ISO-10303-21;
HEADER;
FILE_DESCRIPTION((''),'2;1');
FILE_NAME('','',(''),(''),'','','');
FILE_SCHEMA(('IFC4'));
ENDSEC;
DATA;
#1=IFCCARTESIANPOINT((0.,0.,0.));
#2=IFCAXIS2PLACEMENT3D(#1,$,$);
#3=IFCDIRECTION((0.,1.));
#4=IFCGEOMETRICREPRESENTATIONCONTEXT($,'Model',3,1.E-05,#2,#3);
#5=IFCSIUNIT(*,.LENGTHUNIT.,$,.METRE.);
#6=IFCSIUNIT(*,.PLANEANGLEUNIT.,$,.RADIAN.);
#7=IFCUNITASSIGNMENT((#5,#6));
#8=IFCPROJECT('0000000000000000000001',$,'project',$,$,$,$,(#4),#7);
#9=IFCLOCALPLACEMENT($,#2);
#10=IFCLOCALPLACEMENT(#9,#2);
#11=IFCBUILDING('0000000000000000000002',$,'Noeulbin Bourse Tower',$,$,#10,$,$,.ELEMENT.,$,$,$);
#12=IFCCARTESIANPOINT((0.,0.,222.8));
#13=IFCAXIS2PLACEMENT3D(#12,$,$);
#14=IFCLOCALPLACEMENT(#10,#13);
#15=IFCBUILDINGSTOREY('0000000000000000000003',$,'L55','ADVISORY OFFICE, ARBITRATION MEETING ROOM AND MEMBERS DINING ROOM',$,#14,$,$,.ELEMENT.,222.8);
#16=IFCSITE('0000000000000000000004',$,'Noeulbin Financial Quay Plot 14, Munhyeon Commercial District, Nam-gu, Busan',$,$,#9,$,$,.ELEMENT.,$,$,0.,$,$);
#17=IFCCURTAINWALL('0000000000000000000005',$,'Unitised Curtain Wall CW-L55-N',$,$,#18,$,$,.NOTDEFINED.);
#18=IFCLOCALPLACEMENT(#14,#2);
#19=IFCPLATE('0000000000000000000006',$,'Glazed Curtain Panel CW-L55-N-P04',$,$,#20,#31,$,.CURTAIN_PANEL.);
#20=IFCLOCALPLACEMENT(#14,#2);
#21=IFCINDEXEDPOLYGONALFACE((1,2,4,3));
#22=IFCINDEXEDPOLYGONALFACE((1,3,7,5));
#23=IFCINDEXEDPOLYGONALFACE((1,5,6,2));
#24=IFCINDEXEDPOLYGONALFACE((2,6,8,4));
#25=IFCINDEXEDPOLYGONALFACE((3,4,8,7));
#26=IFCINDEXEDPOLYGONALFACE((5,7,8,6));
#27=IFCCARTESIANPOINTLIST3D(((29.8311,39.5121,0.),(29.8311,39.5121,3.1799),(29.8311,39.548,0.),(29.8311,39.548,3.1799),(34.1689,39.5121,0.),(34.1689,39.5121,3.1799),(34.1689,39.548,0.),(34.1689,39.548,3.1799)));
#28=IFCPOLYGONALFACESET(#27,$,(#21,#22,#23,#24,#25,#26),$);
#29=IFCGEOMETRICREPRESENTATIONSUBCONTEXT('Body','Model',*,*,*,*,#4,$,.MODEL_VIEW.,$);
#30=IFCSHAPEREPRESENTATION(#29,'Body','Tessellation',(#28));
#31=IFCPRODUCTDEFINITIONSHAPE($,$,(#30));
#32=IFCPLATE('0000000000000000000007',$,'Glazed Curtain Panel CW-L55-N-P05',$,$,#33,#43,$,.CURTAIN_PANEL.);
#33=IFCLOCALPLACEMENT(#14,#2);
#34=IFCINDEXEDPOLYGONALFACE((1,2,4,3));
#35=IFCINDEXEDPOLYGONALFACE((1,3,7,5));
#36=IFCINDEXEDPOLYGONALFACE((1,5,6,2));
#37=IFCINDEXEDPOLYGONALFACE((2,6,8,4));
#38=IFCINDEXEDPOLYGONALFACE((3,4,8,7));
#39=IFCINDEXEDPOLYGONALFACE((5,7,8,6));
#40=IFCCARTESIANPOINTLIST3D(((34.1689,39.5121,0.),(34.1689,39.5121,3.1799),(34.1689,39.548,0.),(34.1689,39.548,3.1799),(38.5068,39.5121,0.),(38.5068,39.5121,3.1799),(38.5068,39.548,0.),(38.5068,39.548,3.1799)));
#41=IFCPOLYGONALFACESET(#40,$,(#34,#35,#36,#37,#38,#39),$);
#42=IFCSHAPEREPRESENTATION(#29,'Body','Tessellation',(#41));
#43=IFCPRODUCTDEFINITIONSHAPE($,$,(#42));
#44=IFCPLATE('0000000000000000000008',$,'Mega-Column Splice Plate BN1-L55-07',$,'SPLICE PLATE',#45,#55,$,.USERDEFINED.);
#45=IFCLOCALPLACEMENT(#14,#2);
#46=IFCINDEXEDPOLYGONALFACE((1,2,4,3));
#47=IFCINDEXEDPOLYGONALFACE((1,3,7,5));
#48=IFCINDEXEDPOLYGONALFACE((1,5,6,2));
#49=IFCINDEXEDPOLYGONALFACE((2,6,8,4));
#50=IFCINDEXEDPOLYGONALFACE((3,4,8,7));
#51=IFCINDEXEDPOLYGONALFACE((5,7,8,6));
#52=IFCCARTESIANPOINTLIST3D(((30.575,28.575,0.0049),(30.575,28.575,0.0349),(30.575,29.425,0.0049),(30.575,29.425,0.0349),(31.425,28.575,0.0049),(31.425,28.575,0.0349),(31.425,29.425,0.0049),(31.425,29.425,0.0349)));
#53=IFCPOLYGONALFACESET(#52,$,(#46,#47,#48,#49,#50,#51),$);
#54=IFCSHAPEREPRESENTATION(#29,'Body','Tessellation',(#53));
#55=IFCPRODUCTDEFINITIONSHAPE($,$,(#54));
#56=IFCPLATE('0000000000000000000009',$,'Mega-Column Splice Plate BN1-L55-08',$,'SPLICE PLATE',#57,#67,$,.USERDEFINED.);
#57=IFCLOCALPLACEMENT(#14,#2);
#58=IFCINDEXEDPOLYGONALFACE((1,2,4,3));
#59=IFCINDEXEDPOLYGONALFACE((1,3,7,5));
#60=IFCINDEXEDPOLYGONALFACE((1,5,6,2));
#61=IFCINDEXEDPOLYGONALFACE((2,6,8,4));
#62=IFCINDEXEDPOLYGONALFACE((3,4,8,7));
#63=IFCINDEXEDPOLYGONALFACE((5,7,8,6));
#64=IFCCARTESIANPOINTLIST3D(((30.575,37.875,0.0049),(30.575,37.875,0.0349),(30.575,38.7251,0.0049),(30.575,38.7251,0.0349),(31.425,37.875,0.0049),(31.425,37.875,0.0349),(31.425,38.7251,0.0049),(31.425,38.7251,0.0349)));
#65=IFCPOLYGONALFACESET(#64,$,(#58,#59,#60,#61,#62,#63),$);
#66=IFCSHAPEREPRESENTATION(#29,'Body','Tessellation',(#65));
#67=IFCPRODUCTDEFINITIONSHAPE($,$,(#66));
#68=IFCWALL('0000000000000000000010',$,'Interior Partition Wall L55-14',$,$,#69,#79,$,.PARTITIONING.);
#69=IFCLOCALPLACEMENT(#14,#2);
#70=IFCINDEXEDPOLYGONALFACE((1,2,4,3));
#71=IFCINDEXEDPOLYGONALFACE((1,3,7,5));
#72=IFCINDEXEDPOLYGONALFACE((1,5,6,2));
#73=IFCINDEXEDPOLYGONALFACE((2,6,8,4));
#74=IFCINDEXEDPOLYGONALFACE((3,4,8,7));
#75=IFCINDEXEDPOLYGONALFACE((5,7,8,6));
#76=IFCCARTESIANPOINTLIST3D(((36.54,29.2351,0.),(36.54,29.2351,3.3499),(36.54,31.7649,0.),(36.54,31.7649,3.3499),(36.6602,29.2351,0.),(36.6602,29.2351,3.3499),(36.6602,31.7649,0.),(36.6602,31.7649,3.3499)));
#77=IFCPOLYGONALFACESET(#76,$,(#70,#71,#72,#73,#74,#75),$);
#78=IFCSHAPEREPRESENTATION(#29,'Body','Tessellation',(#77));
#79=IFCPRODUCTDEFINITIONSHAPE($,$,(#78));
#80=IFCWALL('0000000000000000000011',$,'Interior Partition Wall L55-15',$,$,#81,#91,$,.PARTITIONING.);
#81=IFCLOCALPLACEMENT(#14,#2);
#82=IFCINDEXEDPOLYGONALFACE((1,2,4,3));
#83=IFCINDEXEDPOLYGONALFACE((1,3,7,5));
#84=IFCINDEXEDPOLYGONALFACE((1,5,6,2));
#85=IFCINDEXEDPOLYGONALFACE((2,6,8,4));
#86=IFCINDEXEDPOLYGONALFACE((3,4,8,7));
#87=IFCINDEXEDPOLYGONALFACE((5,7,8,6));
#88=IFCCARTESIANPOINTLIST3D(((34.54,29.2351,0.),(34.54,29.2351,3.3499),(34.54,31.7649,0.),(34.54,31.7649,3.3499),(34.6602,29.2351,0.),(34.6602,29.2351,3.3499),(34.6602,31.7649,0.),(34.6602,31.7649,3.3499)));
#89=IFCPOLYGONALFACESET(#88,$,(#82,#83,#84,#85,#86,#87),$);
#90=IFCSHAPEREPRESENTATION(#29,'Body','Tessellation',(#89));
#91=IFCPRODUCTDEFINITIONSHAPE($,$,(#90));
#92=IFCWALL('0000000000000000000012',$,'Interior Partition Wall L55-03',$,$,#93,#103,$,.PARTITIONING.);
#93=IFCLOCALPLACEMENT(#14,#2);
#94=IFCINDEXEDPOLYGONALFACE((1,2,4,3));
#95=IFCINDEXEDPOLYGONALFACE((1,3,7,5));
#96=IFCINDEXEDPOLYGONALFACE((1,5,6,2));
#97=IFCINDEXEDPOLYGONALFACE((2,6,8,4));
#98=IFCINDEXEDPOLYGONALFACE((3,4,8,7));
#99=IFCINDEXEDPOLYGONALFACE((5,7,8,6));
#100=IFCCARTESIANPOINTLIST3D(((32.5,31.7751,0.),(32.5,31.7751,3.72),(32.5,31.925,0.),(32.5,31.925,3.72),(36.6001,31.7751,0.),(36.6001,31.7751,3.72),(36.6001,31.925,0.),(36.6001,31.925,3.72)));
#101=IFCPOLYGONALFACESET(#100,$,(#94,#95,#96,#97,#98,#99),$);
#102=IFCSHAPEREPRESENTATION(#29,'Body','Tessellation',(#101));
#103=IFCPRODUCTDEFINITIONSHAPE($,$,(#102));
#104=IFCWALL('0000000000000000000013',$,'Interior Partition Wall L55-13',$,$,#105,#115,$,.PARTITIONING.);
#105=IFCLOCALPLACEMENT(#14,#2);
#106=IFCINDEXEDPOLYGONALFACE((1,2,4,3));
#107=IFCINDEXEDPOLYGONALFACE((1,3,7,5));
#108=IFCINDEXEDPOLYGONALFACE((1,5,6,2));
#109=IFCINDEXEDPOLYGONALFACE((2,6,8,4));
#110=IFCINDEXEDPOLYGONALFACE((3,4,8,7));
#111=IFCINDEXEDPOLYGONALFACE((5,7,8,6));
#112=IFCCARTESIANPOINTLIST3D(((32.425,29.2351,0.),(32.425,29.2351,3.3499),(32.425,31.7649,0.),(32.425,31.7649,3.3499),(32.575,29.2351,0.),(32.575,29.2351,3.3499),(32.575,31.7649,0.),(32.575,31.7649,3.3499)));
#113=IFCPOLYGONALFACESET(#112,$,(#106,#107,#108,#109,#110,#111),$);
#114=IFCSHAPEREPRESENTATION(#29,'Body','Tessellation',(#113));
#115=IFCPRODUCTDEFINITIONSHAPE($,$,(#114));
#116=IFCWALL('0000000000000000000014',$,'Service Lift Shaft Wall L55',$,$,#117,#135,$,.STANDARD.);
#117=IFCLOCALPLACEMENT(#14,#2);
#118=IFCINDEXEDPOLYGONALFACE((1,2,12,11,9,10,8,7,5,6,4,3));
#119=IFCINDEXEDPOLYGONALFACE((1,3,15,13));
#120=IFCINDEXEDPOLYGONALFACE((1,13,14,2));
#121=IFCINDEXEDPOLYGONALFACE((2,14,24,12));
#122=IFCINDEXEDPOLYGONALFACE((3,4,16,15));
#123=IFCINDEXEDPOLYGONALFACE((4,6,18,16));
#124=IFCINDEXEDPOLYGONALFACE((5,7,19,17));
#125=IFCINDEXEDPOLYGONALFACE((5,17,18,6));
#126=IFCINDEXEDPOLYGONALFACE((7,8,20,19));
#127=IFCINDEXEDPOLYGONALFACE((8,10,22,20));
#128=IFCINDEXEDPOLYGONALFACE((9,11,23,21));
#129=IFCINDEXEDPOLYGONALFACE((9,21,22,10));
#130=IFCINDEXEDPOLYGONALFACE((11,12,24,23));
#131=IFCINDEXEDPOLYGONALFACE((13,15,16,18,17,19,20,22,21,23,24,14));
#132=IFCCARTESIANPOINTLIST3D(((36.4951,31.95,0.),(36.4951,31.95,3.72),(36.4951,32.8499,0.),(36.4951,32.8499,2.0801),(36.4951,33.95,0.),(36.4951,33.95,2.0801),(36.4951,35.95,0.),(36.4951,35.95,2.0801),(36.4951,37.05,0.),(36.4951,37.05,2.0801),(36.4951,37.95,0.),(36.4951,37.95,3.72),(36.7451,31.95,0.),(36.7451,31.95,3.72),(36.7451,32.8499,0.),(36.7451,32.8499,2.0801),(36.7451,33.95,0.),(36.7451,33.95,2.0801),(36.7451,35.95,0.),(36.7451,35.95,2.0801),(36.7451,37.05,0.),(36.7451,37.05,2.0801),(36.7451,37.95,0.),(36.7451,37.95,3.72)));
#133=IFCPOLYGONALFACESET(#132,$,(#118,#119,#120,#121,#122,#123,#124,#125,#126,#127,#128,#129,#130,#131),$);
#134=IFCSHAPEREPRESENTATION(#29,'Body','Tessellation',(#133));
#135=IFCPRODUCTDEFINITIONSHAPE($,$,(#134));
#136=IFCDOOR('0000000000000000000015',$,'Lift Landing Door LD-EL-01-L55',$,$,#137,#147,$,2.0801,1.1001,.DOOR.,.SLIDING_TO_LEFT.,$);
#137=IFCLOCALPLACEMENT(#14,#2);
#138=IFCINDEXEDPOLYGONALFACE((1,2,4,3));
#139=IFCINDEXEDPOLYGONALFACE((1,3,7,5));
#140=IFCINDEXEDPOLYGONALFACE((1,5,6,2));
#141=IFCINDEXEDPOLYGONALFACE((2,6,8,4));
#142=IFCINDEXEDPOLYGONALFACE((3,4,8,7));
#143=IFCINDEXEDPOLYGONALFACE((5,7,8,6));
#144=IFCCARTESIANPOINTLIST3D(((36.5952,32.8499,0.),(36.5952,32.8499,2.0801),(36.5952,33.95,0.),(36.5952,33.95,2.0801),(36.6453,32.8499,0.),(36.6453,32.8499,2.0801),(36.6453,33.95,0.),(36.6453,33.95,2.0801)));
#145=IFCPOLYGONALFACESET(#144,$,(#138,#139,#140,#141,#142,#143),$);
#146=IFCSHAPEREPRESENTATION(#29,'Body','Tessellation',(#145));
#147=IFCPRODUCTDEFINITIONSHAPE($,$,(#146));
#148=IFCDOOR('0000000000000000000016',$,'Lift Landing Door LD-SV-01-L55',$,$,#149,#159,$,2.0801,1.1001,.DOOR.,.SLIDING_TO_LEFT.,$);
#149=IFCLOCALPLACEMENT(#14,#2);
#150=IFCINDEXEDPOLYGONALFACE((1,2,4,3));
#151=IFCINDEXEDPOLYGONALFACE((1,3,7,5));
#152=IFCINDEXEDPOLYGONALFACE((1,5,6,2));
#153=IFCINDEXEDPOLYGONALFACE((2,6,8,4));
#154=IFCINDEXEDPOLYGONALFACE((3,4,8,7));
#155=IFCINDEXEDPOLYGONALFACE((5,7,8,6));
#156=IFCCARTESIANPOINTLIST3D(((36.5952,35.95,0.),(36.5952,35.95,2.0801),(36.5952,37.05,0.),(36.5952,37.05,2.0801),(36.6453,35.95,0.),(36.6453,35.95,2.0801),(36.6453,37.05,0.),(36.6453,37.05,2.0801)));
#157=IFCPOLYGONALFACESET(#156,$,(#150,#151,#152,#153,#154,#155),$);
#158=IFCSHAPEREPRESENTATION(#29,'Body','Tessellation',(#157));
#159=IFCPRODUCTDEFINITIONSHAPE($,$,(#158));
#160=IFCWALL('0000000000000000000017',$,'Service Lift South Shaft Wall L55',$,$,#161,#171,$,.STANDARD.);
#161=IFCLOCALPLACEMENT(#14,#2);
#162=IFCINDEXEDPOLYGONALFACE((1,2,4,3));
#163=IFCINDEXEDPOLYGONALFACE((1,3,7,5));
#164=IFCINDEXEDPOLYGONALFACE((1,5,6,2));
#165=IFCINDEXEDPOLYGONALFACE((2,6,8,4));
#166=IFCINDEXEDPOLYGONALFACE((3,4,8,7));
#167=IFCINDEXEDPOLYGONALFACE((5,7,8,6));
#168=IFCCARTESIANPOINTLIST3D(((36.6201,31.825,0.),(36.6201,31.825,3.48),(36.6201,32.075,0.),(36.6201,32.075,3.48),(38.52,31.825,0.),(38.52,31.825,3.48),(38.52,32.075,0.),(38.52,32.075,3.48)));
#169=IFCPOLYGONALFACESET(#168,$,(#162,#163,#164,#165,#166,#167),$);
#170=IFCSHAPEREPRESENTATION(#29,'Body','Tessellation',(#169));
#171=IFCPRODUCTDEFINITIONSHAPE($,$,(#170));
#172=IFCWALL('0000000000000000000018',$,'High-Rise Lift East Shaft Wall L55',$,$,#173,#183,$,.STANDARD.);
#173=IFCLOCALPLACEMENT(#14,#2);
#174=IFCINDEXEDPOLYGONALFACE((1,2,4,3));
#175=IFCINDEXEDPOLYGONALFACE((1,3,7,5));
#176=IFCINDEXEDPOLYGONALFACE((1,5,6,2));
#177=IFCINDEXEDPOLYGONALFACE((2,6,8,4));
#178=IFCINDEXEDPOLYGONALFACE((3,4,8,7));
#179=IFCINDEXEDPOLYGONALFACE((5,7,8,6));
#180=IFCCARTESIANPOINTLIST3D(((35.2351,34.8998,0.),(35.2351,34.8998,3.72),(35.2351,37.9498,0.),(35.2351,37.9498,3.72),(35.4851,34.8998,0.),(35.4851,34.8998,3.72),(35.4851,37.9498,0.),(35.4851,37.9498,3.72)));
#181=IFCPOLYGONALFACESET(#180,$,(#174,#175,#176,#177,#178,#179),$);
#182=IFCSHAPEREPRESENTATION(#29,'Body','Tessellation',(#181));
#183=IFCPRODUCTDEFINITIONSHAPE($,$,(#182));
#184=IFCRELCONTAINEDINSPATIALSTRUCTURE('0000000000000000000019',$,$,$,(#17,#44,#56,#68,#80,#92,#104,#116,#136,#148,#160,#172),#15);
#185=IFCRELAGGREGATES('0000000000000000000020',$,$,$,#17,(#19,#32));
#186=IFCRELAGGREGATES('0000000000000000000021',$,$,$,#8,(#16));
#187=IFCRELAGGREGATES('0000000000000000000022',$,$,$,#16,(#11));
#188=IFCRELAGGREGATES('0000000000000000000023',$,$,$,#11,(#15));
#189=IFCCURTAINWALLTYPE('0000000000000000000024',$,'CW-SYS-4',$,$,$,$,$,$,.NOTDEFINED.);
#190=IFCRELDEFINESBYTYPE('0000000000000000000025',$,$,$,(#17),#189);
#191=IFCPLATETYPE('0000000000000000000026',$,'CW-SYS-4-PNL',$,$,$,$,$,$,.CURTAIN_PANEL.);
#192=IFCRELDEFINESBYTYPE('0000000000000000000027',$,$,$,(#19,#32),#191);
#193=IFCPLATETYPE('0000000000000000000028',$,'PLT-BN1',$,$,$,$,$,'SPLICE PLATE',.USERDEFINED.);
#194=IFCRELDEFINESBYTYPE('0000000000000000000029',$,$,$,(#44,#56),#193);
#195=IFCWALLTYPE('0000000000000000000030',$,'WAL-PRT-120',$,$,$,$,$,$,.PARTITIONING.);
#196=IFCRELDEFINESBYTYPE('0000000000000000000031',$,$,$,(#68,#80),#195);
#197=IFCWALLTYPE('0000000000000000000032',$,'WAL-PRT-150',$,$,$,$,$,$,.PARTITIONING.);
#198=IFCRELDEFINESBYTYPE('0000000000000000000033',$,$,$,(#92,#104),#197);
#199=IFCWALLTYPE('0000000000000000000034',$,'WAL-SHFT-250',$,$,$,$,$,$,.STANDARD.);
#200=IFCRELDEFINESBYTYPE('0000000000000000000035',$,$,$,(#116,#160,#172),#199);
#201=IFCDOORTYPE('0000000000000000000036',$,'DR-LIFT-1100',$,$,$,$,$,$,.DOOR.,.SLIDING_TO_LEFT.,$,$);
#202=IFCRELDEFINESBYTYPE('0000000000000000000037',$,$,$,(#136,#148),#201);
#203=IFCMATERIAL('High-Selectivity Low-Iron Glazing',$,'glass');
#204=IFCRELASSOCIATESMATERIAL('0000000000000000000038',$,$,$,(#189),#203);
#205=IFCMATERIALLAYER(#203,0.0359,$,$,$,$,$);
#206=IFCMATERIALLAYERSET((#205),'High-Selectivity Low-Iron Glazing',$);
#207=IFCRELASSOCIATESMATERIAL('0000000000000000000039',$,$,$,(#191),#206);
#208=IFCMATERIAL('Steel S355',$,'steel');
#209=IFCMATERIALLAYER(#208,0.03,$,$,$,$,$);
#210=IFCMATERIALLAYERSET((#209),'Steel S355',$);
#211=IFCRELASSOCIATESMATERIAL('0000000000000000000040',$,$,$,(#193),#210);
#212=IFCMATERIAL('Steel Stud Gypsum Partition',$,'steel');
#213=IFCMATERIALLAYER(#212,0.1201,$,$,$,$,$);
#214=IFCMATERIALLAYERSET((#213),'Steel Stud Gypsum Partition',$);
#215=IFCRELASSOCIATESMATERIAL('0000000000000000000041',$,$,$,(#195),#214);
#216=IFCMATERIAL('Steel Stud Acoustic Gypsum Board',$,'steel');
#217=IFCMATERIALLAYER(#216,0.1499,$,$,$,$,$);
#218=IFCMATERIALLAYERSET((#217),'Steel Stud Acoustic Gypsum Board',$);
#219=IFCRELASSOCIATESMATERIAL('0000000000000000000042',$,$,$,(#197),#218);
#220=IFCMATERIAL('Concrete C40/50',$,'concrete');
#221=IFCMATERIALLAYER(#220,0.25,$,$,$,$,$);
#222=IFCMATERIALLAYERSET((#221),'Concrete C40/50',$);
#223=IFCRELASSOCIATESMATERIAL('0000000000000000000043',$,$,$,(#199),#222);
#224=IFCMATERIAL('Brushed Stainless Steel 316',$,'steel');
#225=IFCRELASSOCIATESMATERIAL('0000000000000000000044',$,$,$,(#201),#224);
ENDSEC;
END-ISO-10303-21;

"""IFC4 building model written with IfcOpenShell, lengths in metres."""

from ifc_helpers import new_model, si_unit, direction, frame, frame_2d, origin, origin_2d, place, context, subcontext, project, spatial, rectangle, extrude, material, layer, layer_set, type_object, element, fill, aggregate, save


model = new_model("IFC4")

# Units and contexts
model_context = context("Model", 3, precision=1e-05, world=origin(), true_north=direction((0.0, 1.0)))
body_context = subcontext(model_context, "Body", "Model", "MODEL_VIEW")
ifc_project = project(units=[si_unit("LENGTHUNIT", "METRE"), si_unit("PLANEANGLEUNIT", "RADIAN")], contexts=[model_context])

# Site, building, storey
site_placement = place(None, origin())
site = spatial("IfcSite", under=ifc_project, at=site_placement, Name="Noeulbin Financial Quay Plot 14, Munhyeon Commercial District, Nam-gu, Busan", CompositionType="ELEMENT", RefElevation=0.0)
building_placement = place(site_placement, origin())
building = spatial("IfcBuilding", under=site, at=building_placement, Name="Noeulbin Bourse Tower", CompositionType="ELEMENT")
storey_placement = place(building_placement, frame((0.0, 0.0, 222.8)))
storey = spatial("IfcBuildingStorey", under=building, at=storey_placement, Name="L55", Description="ADVISORY OFFICE, ARBITRATION MEETING ROOM AND MEMBERS DINING ROOM", CompositionType="ELEMENT", Elevation=222.8)

# Shared definitions
ifc_material_1 = material(Name="Steel S355", Category="steel")

# Curtain wall, plates
ifc_material_2 = material(Name="High-Selectivity Low-Iron Glazing", Category="glass")
curtain_wall_type = type_object("IfcCurtainWallType", Name="CW-SYS-4", PredefinedType="NOTDEFINED", material=ifc_material_2)
curtain_wall_placement = place(storey_placement, origin())
curtain_wall = element("IfcCurtainWall", 1, at=curtain_wall_placement, inside=storey, type_object=curtain_wall_type, Name="Unitised Curtain Wall CW-L55-N", PredefinedType="NOTDEFINED")
ifc_layer_1 = layer(ifc_material_2, 0.0359)
ifc_layer_set_1 = layer_set([ifc_layer_1], Name="High-Selectivity Low-Iron Glazing")
plate_type_1 = type_object("IfcPlateType", Name="CW-SYS-4-PNL", PredefinedType="CURTAIN_PANEL", material=ifc_layer_set_1)
plate_1_placement = place(storey_placement, frame((32.0, 39.53, 0.0), z_axis=(0.0, 0.0, 1.0), x_axis=(1.0, 0.0, 0.0)))
plate_1 = element("IfcPlate", 2, at=plate_1_placement, type_object=plate_type_1, Name="Glazed Curtain Panel CW-L55-N-P04", PredefinedType="CURTAIN_PANEL", context=body_context, shape_type="SweptSolid", body=[
    extrude(rectangle(XDim=4.3379, YDim=0.0359, at=origin_2d()), origin(), (0.0, 0.0, 1.0), 3.1799),
])
plate_2_placement = place(storey_placement, frame((36.3379, 39.53, 0.0), z_axis=(0.0, 0.0, 1.0), x_axis=(1.0, 0.0, 0.0)))
plate_2 = element("IfcPlate", 3, at=plate_2_placement, type_object=plate_type_1, Name="Glazed Curtain Panel CW-L55-N-P05", PredefinedType="CURTAIN_PANEL", context=body_context, shape_type="SweptSolid", body=[
    extrude(rectangle(XDim=4.3379, YDim=0.0359, at=origin_2d()), origin(), (0.0, 0.0, 1.0), 3.1799),
])
aggregate(curtain_wall, [plate_1, plate_2])

# Plates
ifc_layer_2 = layer(ifc_material_1, 0.03)
ifc_layer_set_2 = layer_set([ifc_layer_2], Name="Steel S355")
plate_type_2 = type_object("IfcPlateType", Name="PLT-BN1", ElementType="SPLICE PLATE", PredefinedType="USERDEFINED", material=ifc_layer_set_2)
for number, where, z_axis, x_axis, name in (
    (4, (31.0, 29.0, 0.0049), (0.0, 0.0, 1.0), (1.0, 0.0, 0.0), "Mega-Column Splice Plate BN1-L55-07"),
    (5, (31.0, 38.3, 0.0049), (0.0, 0.0, 1.0), (1.0, 0.0, 0.0), "Mega-Column Splice Plate BN1-L55-08"),
):
    element("IfcPlate", number, at=place(storey_placement, frame(where, z_axis=z_axis, x_axis=x_axis)), inside=storey, type_object=plate_type_2, Name=name, ObjectType="SPLICE PLATE", PredefinedType="USERDEFINED", context=body_context, shape_type="SweptSolid", body=[
        extrude(rectangle(XDim=0.8501, YDim=0.8501, at=origin_2d()), origin(), (0.0, 0.0, 1.0), 0.03),
    ])

# Walls
ifc_material_3 = material(Name="Steel Stud Gypsum Partition", Category="steel")
ifc_layer_3 = layer(ifc_material_3, 0.1201)
ifc_layer_set_3 = layer_set([ifc_layer_3], Name="Steel Stud Gypsum Partition")
wall_type_1 = type_object("IfcWallType", Name="WAL-PRT-120", PredefinedType="PARTITIONING", material=ifc_layer_set_3)
for number, where, z_axis, x_axis, name in (
    (6, (36.6001, 29.2351, 0.0), (0.0, 0.0, 1.0), (0.0, 1.0, 0.0), "Interior Partition Wall L55-14"),
    (7, (34.6001, 29.2351, 0.0), (0.0, 0.0, 1.0), (0.0, 1.0, 0.0), "Interior Partition Wall L55-15"),
):
    element("IfcWall", number, at=place(storey_placement, frame(where, z_axis=z_axis, x_axis=x_axis)), inside=storey, type_object=wall_type_1, Name=name, PredefinedType="PARTITIONING", context=body_context, shape_type="SweptSolid", body=[
        extrude(rectangle(XDim=2.5298, YDim=0.1201, at=frame_2d((1.2649, 0.0))), origin(), (0.0, 0.0, 1.0), 3.3499),
    ])
ifc_material_4 = material(Name="Steel Stud Acoustic Gypsum Board", Category="steel")
ifc_layer_4 = layer(ifc_material_4, 0.1499)
ifc_layer_set_4 = layer_set([ifc_layer_4], Name="Steel Stud Acoustic Gypsum Board")
wall_type_2 = type_object("IfcWallType", Name="WAL-PRT-150", PredefinedType="PARTITIONING", material=ifc_layer_set_4)
wall_1_placement = place(storey_placement, frame((32.5, 31.8501, 0.0), z_axis=(0.0, 0.0, 1.0), x_axis=(1.0, 0.0, 0.0)))
element("IfcWall", 8, at=wall_1_placement, inside=storey, type_object=wall_type_2, Name="Interior Partition Wall L55-03", PredefinedType="PARTITIONING", context=body_context, shape_type="SweptSolid", body=[
    extrude(rectangle(XDim=4.1001, YDim=0.1499, at=frame_2d((2.05, 0.0))), origin(), (0.0, 0.0, 1.0), 3.72),
])
wall_2_placement = place(storey_placement, frame((32.5, 29.2351, 0.0), z_axis=(0.0, 0.0, 1.0), x_axis=(0.0, 1.0, 0.0)))
element("IfcWall", 9, at=wall_2_placement, inside=storey, type_object=wall_type_2, Name="Interior Partition Wall L55-13", PredefinedType="PARTITIONING", context=body_context, shape_type="SweptSolid", body=[
    extrude(rectangle(XDim=2.5298, YDim=0.1499, at=frame_2d((1.2649, 0.0))), origin(), (0.0, 0.0, 1.0), 3.3499),
])

# Wall, openings, doors
ifc_material_5 = material(Name="Concrete C40/50", Category="concrete")
ifc_layer_5 = layer(ifc_material_5, 0.25)
ifc_layer_set_5 = layer_set([ifc_layer_5], Name="Concrete C40/50")
wall_type_3 = type_object("IfcWallType", Name="WAL-SHFT-250", PredefinedType="STANDARD", material=ifc_layer_set_5)
wall_3_placement = place(storey_placement, frame((36.6201, 31.95, 0.0), z_axis=(0.0, 0.0, 1.0), x_axis=(0.0, 1.0, 0.0)))
wall_3 = element("IfcWall", 10, at=wall_3_placement, inside=storey, type_object=wall_type_3, Name="Service Lift Shaft Wall L55", PredefinedType="STANDARD", context=body_context, shape_type="SweptSolid", body=[
    extrude(rectangle(XDim=6.0, YDim=0.25, at=frame_2d((3.0, 0.0))), origin(), (0.0, 0.0, 1.0), 3.72),
])
opening_1_placement = place(wall_3_placement, frame((0.8999, 0.0, 0.0)))
opening_1 = element("IfcOpeningElement", 11, at=opening_1_placement, cuts=wall_3, PredefinedType="OPENING", context=body_context, shape_type="SweptSolid", body=[
    extrude(rectangle(XDim=1.1001, YDim=2.0801, at=frame_2d((0.55, 1.04))), frame((0.0, 0.135, 0.0), z_axis=(0.0, -1.0, 0.0), x_axis=(1.0, 0.0, 0.0)), (0.0, 0.0, 1.0), 0.27),
])
opening_2_placement = place(wall_3_placement, frame((4.0, 0.0, 0.0)))
opening_2 = element("IfcOpeningElement", 12, at=opening_2_placement, cuts=wall_3, PredefinedType="OPENING", context=body_context, shape_type="SweptSolid", body=[
    extrude(rectangle(XDim=1.1001, YDim=2.0801, at=frame_2d((0.55, 1.04))), frame((0.0, 0.135, 0.0), z_axis=(0.0, -1.0, 0.0), x_axis=(1.0, 0.0, 0.0)), (0.0, 0.0, 1.0), 0.27),
])
ifc_material_6 = material(Name="Brushed Stainless Steel 316", Category="steel")
door_type_1 = type_object("IfcDoorType", Name="DR-LIFT-1100", OperationType="SLIDING_TO_LEFT", PredefinedType="DOOR", material=ifc_material_6)
door_1_placement = place(opening_1_placement, origin())
door_1 = element("IfcDoor", 13, at=door_1_placement, inside=storey, type_object=door_type_1, Name="Lift Landing Door LD-EL-01-L55", OperationType="SLIDING_TO_LEFT", OverallHeight=2.0801, OverallWidth=1.1001, PredefinedType="DOOR", context=body_context, shape_type="SweptSolid", body=[
    extrude(rectangle(XDim=1.1001, YDim=2.0801, at=frame_2d((0.55, 1.04))), frame((0.0, 0.0249, 0.0), z_axis=(0.0, -1.0, 0.0), x_axis=(1.0, 0.0, 0.0)), (0.0, 0.0, 1.0), 0.05),
])
fill(opening_1, door_1)
door_2_placement = place(opening_2_placement, origin())
door_2 = element("IfcDoor", 14, at=door_2_placement, inside=storey, type_object=door_type_1, Name="Lift Landing Door LD-SV-01-L55", OperationType="SLIDING_TO_LEFT", OverallHeight=2.0801, OverallWidth=1.1001, PredefinedType="DOOR", context=body_context, shape_type="SweptSolid", body=[
    extrude(rectangle(XDim=1.1001, YDim=2.0801, at=frame_2d((0.55, 1.04))), frame((0.0, 0.0249, 0.0), z_axis=(0.0, -1.0, 0.0), x_axis=(1.0, 0.0, 0.0)), (0.0, 0.0, 1.0), 0.05),
])
fill(opening_2, door_2)

# Walls
wall_4_placement = place(storey_placement, frame((36.6201, 31.95, 0.0), z_axis=(0.0, 0.0, 1.0), x_axis=(1.0, 0.0, 0.0)))
element("IfcWall", 15, at=wall_4_placement, inside=storey, type_object=wall_type_3, Name="Service Lift South Shaft Wall L55", PredefinedType="STANDARD", context=body_context, shape_type="SweptSolid", body=[
    extrude(rectangle(XDim=1.8999, YDim=0.25, at=frame_2d((0.95, 0.0))), origin(), (0.0, 0.0, 1.0), 3.48),
])
wall_5_placement = place(storey_placement, frame((35.3601, 34.8999, 0.0), z_axis=(0.0, 0.0, 1.0), x_axis=(0.0, 1.0, 0.0)))
element("IfcWall", 16, at=wall_5_placement, inside=storey, type_object=wall_type_3, Name="High-Rise Lift East Shaft Wall L55", PredefinedType="STANDARD", context=body_context, shape_type="SweptSolid", body=[
    extrude(rectangle(XDim=3.05, YDim=0.25, at=frame_2d((1.5249, 0.0))), origin(), (0.0, 0.0, 1.0), 3.72),
])

save(model, "model.ifc")
